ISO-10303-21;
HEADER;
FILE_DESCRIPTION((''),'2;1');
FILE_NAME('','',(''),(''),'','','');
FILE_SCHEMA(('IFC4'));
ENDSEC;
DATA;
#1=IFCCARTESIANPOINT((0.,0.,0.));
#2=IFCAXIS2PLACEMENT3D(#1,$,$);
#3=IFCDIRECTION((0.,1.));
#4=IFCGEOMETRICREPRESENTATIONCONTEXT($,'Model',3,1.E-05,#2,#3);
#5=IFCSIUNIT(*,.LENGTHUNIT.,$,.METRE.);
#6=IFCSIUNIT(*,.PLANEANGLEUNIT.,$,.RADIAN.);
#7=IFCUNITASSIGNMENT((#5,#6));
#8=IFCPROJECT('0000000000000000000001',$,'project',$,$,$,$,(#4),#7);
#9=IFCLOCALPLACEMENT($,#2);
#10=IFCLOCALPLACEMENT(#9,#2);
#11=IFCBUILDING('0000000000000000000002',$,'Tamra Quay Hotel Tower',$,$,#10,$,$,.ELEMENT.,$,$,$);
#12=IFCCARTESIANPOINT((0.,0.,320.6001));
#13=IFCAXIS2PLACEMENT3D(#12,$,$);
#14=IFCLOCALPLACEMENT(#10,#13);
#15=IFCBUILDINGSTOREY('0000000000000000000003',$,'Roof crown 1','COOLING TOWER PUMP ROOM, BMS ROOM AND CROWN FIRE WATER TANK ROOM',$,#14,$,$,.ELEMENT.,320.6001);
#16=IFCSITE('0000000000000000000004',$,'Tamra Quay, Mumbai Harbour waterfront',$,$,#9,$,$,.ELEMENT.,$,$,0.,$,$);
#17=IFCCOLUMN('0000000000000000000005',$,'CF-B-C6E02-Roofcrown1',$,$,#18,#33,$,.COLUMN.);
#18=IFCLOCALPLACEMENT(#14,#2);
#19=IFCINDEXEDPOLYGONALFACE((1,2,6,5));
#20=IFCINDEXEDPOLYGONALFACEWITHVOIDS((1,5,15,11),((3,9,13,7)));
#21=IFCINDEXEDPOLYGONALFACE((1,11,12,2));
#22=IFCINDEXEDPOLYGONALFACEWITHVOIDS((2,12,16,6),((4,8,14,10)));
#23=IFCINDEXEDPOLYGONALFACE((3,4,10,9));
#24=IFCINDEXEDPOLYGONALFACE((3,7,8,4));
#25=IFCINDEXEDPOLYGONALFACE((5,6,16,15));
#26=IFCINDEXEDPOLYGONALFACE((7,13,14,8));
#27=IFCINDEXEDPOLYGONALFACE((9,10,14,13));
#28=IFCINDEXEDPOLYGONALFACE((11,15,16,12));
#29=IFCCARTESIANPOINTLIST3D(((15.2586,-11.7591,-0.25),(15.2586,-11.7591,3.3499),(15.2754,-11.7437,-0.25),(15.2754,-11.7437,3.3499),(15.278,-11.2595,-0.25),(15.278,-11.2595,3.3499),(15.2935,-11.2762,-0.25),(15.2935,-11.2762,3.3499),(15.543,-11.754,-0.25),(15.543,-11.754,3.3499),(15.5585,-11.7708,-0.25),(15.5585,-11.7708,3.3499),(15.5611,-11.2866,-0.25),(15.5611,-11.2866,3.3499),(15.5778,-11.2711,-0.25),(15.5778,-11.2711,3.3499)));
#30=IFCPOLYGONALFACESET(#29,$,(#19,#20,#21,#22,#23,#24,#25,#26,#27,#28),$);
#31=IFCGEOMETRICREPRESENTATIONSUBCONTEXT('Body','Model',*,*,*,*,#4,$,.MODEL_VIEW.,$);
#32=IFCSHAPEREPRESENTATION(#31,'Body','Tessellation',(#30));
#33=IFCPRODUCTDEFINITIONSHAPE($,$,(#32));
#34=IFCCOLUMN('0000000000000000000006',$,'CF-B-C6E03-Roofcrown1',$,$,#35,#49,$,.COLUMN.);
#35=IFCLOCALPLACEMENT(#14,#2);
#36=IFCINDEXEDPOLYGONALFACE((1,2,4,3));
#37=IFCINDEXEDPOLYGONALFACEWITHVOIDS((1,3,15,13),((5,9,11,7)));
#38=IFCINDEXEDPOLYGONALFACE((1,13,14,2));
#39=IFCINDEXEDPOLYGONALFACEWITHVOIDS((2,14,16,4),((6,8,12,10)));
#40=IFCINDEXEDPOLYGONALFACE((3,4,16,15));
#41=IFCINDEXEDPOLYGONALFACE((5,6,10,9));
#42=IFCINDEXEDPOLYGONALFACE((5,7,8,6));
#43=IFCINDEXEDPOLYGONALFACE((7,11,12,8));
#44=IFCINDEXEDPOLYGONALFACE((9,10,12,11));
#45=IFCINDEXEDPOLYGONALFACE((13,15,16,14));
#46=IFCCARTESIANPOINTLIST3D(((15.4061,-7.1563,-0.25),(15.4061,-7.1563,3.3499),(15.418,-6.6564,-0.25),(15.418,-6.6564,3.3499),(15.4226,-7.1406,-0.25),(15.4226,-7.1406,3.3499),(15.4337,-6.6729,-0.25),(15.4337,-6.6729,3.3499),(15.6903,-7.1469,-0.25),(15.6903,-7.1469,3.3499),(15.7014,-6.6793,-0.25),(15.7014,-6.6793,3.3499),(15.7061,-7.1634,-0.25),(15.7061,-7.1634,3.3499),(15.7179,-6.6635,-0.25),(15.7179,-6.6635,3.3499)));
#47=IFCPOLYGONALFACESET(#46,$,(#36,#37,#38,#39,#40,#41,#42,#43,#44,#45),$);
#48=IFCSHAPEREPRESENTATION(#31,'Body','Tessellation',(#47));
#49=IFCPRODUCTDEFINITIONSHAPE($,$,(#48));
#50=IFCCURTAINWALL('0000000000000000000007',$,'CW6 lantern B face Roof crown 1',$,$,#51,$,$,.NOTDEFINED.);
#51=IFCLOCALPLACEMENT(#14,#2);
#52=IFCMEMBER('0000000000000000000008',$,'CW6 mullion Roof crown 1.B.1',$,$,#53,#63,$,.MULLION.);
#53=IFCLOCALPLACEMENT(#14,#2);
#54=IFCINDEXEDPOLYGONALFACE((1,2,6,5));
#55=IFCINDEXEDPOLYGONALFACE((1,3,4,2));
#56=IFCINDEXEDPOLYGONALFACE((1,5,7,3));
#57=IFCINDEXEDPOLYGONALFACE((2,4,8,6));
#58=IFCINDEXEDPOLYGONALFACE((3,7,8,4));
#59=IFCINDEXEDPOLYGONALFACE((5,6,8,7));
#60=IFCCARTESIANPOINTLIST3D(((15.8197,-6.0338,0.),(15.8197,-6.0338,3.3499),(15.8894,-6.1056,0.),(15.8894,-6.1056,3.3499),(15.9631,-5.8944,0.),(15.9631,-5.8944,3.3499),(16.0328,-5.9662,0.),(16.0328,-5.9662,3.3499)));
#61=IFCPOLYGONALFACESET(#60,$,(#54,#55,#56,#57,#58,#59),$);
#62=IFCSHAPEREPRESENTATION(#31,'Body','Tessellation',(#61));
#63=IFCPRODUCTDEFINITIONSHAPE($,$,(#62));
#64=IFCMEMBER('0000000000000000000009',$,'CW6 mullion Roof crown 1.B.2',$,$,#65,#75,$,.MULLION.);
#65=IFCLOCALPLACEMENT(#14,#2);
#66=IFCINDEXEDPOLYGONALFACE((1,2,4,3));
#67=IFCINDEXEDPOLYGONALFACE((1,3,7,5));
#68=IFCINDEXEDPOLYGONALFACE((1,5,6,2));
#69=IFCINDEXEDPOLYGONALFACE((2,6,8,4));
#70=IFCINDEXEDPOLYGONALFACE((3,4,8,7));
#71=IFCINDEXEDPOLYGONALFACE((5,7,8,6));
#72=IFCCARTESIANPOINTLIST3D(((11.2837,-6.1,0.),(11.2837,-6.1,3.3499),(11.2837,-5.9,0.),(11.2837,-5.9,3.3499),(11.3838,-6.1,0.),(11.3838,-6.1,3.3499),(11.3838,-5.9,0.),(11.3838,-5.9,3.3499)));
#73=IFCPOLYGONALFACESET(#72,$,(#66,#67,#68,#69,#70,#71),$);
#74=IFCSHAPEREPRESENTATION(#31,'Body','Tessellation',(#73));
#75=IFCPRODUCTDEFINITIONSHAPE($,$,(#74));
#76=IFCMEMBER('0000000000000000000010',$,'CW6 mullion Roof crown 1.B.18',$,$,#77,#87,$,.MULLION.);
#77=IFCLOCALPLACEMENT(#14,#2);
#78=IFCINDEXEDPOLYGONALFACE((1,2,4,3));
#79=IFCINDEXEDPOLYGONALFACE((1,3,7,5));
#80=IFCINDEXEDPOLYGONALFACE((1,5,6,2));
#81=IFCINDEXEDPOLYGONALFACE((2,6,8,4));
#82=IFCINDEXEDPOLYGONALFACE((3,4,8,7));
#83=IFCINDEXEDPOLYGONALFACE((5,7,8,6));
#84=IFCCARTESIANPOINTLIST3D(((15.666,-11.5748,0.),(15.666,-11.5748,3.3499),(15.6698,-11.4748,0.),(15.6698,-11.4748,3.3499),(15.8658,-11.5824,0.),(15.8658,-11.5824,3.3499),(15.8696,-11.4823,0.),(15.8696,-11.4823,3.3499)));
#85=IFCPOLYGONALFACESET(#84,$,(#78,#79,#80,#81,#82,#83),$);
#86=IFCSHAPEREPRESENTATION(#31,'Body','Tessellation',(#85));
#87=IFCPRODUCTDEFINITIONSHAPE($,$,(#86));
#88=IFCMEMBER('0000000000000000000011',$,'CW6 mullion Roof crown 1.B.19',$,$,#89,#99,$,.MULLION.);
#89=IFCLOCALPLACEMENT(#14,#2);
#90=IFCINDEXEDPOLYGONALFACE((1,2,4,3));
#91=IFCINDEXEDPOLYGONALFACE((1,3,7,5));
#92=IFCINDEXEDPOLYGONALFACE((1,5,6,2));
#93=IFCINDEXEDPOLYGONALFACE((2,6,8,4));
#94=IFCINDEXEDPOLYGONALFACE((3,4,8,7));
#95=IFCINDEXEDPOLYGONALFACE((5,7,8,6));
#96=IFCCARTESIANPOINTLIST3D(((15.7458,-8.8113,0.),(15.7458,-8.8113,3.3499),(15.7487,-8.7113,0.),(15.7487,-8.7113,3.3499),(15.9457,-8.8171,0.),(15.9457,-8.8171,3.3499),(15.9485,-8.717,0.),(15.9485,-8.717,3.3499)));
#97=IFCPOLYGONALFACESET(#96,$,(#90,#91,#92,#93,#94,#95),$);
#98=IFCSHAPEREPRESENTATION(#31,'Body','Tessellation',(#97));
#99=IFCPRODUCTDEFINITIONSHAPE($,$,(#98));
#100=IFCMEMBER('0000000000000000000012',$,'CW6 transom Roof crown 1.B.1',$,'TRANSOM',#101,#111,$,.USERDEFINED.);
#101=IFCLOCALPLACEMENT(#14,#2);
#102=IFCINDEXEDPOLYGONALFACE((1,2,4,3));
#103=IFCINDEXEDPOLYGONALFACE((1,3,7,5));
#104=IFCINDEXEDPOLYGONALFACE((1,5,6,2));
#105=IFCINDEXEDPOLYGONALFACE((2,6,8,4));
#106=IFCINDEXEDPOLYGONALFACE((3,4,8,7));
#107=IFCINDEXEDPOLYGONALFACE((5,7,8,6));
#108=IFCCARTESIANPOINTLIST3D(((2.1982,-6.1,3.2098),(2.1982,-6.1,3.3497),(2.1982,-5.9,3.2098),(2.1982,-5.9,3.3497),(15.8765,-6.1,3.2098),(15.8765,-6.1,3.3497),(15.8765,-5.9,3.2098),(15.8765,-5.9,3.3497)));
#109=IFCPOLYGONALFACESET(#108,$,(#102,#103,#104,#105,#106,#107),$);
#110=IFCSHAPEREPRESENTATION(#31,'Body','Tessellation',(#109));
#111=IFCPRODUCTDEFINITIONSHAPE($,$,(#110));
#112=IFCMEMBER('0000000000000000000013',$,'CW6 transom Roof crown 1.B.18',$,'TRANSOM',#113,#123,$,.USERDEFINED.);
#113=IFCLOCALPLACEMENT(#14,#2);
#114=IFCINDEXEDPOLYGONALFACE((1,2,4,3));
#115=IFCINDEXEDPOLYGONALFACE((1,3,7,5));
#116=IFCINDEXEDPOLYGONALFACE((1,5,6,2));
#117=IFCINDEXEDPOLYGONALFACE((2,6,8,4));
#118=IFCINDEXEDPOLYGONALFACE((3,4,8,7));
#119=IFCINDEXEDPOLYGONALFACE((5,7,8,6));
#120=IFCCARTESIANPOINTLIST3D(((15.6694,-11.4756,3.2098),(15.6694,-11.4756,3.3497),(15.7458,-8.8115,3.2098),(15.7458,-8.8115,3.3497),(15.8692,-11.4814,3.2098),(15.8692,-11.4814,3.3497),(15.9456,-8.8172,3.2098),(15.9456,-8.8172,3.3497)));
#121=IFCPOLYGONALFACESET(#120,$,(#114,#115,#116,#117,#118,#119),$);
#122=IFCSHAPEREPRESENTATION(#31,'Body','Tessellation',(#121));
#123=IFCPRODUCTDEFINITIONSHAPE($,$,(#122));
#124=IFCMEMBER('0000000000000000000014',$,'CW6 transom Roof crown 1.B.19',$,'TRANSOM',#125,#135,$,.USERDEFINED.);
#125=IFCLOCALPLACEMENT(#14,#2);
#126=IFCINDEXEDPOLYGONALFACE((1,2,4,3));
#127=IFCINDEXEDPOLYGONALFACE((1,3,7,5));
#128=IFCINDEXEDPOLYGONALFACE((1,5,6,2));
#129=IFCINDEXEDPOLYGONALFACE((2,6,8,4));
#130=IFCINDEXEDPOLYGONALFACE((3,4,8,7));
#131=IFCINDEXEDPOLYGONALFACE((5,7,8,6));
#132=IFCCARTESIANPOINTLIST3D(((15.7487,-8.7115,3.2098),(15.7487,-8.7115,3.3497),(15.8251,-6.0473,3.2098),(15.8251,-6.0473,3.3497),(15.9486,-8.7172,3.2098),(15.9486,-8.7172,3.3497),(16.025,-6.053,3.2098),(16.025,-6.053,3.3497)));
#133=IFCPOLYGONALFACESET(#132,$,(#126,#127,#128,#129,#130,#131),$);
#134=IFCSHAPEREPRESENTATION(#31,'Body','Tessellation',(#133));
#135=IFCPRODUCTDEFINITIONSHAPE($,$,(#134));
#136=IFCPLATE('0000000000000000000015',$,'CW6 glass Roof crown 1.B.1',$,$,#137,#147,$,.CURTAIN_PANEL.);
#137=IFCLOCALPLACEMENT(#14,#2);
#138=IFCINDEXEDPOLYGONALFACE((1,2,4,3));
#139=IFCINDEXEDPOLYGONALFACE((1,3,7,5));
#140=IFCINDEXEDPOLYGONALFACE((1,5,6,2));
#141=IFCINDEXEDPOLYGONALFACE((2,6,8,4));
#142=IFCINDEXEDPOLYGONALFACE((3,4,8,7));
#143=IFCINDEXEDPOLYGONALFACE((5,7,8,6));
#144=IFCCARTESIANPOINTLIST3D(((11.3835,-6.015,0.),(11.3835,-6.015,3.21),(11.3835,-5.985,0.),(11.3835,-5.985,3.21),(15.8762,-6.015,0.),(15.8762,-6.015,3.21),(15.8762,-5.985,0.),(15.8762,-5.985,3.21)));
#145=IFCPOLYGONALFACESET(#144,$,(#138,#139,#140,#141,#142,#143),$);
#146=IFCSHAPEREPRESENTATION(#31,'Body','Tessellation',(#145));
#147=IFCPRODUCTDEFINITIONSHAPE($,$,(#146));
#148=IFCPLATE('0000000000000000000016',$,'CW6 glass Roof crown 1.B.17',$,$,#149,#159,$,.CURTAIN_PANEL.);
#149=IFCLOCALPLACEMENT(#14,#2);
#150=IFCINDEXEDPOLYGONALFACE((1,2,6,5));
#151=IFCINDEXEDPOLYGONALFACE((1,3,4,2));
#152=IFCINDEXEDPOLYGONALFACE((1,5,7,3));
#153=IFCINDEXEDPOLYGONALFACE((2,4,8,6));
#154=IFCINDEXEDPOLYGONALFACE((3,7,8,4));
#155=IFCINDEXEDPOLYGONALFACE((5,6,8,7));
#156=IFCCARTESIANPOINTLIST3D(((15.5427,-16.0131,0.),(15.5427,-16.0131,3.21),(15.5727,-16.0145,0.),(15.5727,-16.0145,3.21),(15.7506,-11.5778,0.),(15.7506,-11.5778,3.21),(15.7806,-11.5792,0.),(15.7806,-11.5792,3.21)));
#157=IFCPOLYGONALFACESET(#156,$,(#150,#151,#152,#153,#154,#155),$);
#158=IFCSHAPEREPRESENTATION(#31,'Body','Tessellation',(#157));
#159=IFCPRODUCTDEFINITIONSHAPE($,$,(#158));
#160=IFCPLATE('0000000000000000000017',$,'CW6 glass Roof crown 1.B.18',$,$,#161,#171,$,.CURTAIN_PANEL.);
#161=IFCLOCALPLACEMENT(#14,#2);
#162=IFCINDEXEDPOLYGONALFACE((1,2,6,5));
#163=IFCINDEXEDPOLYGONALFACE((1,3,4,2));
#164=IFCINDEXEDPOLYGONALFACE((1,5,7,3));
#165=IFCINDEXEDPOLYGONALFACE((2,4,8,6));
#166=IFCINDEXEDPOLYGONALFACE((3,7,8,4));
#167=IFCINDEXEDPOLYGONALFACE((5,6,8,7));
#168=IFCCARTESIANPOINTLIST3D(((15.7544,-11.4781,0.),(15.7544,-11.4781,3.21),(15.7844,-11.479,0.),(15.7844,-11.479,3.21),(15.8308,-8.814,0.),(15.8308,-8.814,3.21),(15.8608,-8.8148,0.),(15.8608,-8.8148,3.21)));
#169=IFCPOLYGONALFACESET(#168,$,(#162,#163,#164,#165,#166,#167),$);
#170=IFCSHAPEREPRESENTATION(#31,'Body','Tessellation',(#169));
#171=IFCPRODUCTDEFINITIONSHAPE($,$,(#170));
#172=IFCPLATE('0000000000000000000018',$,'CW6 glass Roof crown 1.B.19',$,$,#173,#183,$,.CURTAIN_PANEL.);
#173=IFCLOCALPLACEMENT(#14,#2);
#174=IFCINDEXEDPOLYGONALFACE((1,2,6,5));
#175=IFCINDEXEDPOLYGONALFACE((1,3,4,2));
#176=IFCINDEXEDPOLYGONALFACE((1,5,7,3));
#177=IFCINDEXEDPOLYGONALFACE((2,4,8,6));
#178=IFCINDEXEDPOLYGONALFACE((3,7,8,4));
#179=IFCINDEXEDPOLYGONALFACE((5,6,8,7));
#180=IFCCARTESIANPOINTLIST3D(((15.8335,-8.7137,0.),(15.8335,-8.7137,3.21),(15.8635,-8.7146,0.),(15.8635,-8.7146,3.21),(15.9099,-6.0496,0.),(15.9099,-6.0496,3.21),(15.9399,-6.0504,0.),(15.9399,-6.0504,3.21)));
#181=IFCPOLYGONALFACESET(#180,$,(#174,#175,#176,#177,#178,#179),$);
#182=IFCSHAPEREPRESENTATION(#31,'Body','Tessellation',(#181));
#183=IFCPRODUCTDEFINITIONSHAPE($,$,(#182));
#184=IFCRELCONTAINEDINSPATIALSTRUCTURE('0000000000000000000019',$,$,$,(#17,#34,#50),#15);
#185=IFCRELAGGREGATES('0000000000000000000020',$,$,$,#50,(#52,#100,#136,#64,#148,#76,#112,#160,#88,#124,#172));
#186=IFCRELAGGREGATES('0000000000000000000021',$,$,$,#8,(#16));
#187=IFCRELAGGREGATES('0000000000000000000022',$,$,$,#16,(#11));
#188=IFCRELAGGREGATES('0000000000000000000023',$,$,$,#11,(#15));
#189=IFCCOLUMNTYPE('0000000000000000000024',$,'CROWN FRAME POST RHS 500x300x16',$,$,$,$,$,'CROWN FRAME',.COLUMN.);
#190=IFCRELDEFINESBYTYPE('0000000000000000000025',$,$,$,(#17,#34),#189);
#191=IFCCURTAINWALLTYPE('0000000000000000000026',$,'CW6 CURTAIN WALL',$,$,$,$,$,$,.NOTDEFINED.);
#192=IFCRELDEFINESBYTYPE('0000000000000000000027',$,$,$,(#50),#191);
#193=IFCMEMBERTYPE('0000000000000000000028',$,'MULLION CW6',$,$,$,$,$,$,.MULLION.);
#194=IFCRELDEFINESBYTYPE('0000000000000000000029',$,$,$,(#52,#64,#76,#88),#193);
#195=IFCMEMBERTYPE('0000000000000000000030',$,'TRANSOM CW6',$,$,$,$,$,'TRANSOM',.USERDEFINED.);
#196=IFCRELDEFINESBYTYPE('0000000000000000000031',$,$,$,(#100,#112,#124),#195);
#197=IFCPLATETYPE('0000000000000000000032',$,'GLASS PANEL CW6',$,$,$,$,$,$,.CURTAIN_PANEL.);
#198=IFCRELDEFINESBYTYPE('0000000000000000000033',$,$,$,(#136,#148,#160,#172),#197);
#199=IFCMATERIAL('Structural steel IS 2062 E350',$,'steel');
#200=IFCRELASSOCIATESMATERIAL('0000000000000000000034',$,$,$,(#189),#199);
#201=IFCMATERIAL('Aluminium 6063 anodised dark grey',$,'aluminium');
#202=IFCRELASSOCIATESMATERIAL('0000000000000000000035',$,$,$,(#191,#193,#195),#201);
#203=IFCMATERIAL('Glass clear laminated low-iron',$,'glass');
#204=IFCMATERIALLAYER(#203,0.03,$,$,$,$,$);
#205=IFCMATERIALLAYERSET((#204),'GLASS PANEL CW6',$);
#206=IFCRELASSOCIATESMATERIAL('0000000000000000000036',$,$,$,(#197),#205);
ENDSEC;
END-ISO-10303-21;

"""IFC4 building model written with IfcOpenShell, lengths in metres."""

from ifc_helpers import new_model, si_unit, direction, frame, origin, origin_2d, place, context, subcontext, project, spatial, rectangle, hollow_rectangle, extrude, material, layer, layer_set, material_profile, profile_set, type_object, element, aggregate, save


model = new_model("IFC4")

# Units and contexts
model_context = context("Model", 3, precision=1e-05, world=origin(), true_north=direction((0.0, 1.0)))
body_context = subcontext(model_context, "Body", "Model", "MODEL_VIEW")
ifc_project = project(units=[si_unit("LENGTHUNIT", "METRE"), si_unit("PLANEANGLEUNIT", "RADIAN")], contexts=[model_context])

# Site, building, storey
site_placement = place(None, origin())
site = spatial("IfcSite", under=ifc_project, at=site_placement, Name="Tamra Quay, Mumbai Harbour waterfront", CompositionType="ELEMENT", RefElevation=0.0)
building_placement = place(site_placement, origin())
building = spatial("IfcBuilding", under=site, at=building_placement, Name="Tamra Quay Hotel Tower", CompositionType="ELEMENT")
storey_placement = place(building_placement, frame((0.0, 0.0, 320.6001)))
storey = spatial("IfcBuildingStorey", under=building, at=storey_placement, Name="Roof crown 1", Description="COOLING TOWER PUMP ROOM, BMS ROOM AND CROWN FIRE WATER TANK ROOM", CompositionType="ELEMENT", Elevation=320.6001)

# Columns
ifc_material_1 = material(Name="Structural steel IS 2062 E350", Category="steel")
ifc_material_profile_1 = material_profile(ifc_material_1, hollow_rectangle(XDim=0.3, YDim=0.5, WallThickness=0.0161, at=origin_2d()), Name="RHS 500x300x16")
ifc_profile_set_1 = profile_set([ifc_material_profile_1], Name="Structural steel IS 2062 E350")
column_type = type_object("IfcColumnType", Name="CROWN FRAME POST RHS 500x300x16", ElementType="CROWN FRAME", PredefinedType="COLUMN", material=ifc_profile_set_1)
for number, where, z_axis, x_axis, name in (
    (1, (15.4182, -11.5151, -0.25), (0.0, 0.0, 1.0), (-0.999251, 0.038691, 0.0), "CF-B-C6E02-Roofcrown1"),
    (2, (15.562, -6.9099, -0.25), (0.0, 0.0, 1.0), (-0.999718, 0.023753, 0.0), "CF-B-C6E03-Roofcrown1"),
):
    element("IfcColumn", number, at=place(storey_placement, frame(where, z_axis=z_axis, x_axis=x_axis)), inside=storey, type_object=column_type, Name=name, PredefinedType="COLUMN", context=body_context, shape_type="SweptSolid", body=[
        extrude(hollow_rectangle(XDim=0.3, YDim=0.5, WallThickness=0.0161, at=origin_2d()), origin(), (0.0, 0.0, 1.0), 3.5999),
    ])

# Curtain wall, members, plates
ifc_material_2 = material(Name="Aluminium 6063 anodised dark grey", Category="aluminium")
curtain_wall_type = type_object("IfcCurtainWallType", Name="CW6 CURTAIN WALL", PredefinedType="NOTDEFINED", material=ifc_material_2)
curtain_wall_placement = place(storey_placement, origin())
curtain_wall = element("IfcCurtainWall", 3, at=curtain_wall_placement, inside=storey, type_object=curtain_wall_type, Name="CW6 lantern B face Roof crown 1", PredefinedType="NOTDEFINED")
ifc_material_profile_2 = material_profile(ifc_material_2, rectangle(XDim=0.2, YDim=0.1001, at=origin_2d()), Name="MULLION 100X200")
ifc_profile_set_2 = profile_set([ifc_material_profile_2], Name="Aluminium 6063 anodised dark grey")
member_type_1 = type_object("IfcMemberType", Name="MULLION CW6", PredefinedType="MULLION", material=ifc_profile_set_2)
member_1_placement = place(storey_placement, frame((15.9263, -6.0, 0.0), z_axis=(0.0, 0.0, 1.0), x_axis=(0.717164, 0.696904, 0.0)))
member_1 = element("IfcMember", 4, at=member_1_placement, type_object=member_type_1, Name="CW6 mullion Roof crown 1.B.1", PredefinedType="MULLION", context=body_context, shape_type="SweptSolid", body=[
    extrude(rectangle(XDim=0.2, YDim=0.1001, at=origin_2d()), origin(), (0.0, 0.0, 1.0), 3.3499),
])
member_2_placement = place(storey_placement, frame((11.3337, -6.0, 0.0), z_axis=(0.0, 0.0, 1.0), x_axis=(0.0, 1.0, 0.0)))
member_2 = element("IfcMember", 5, at=member_2_placement, type_object=member_type_1, Name="CW6 mullion Roof crown 1.B.2", PredefinedType="MULLION", context=body_context, shape_type="SweptSolid", body=[
    extrude(rectangle(XDim=0.2, YDim=0.1001, at=origin_2d()), origin(), (0.0, 0.0, 1.0), 3.3499),
])
member_3_placement = place(storey_placement, frame((15.7678, -11.5286, 0.0), z_axis=(0.0, 0.0, 1.0), x_axis=(0.999288, -0.037737, 0.0)))
member_3 = element("IfcMember", 6, at=member_3_placement, type_object=member_type_1, Name="CW6 mullion Roof crown 1.B.18", PredefinedType="MULLION", context=body_context, shape_type="SweptSolid", body=[
    extrude(rectangle(XDim=0.2, YDim=0.1001, at=origin_2d()), origin(), (0.0, 0.0, 1.0), 3.3499),
])
member_4_placement = place(storey_placement, frame((15.8472, -8.7642, 0.0), z_axis=(0.0, 0.0, 1.0), x_axis=(0.99959, -0.02865, 0.0)))
member_4 = element("IfcMember", 7, at=member_4_placement, type_object=member_type_1, Name="CW6 mullion Roof crown 1.B.19", PredefinedType="MULLION", context=body_context, shape_type="SweptSolid", body=[
    extrude(rectangle(XDim=0.2, YDim=0.1001, at=origin_2d()), origin(), (0.0, 0.0, 1.0), 3.3499),
])
ifc_material_profile_3 = material_profile(ifc_material_2, rectangle(XDim=0.2, YDim=0.1399, at=origin_2d()), Name="TRANSOM 200X140")
ifc_profile_set_3 = profile_set([ifc_material_profile_3], Name="Aluminium 6063 anodised dark grey")
member_type_2 = type_object("IfcMemberType", Name="TRANSOM CW6", ElementType="TRANSOM", PredefinedType="USERDEFINED", material=ifc_profile_set_3)
member_5_placement = place(storey_placement, frame((15.8765, -6.0, 3.2798), z_axis=(-1.0, 0.0, 0.0), x_axis=(0.0, -1.0, 0.0)))
member_5 = element("IfcMember", 8, at=member_5_placement, type_object=member_type_2, Name="CW6 transom Roof crown 1.B.1", ObjectType="TRANSOM", PredefinedType="USERDEFINED", context=body_context, shape_type="SweptSolid", body=[
    extrude(rectangle(XDim=0.2, YDim=0.1399, at=origin_2d()), origin(), (0.0, 0.0, 1.0), 13.6782),
])
member_6_placement = place(storey_placement, frame((15.7693, -11.4785, 3.2798), z_axis=(0.02867, 0.999589, 0.0), x_axis=(-0.999589, 0.02867, 0.0)))
member_6 = element("IfcMember", 9, at=member_6_placement, type_object=member_type_2, Name="CW6 transom Roof crown 1.B.18", ObjectType="TRANSOM", PredefinedType="USERDEFINED", context=body_context, shape_type="SweptSolid", body=[
    extrude(rectangle(XDim=0.2, YDim=0.1399, at=origin_2d()), origin(), (0.0, 0.0, 1.0), 2.6653),
])
member_7_placement = place(storey_placement, frame((15.8486, -8.7144, 3.2798), z_axis=(0.02867, 0.999589, 0.0), x_axis=(-0.999589, 0.02867, 0.0)))
member_7 = element("IfcMember", 10, at=member_7_placement, type_object=member_type_2, Name="CW6 transom Roof crown 1.B.19", ObjectType="TRANSOM", PredefinedType="USERDEFINED", context=body_context, shape_type="SweptSolid", body=[
    extrude(rectangle(XDim=0.2, YDim=0.1399, at=origin_2d()), origin(), (0.0, 0.0, 1.0), 2.6653),
])
ifc_material_3 = material(Name="Glass clear laminated low-iron", Category="glass")
ifc_layer_1 = layer(ifc_material_3, 0.03)
ifc_layer_set_1 = layer_set([ifc_layer_1], Name="GLASS PANEL CW6")
plate_type = type_object("IfcPlateType", Name="GLASS PANEL CW6", PredefinedType="CURTAIN_PANEL", material=ifc_layer_set_1)
plate_1_placement = place(storey_placement, frame((13.6299, -6.0, 0.0), z_axis=(0.0, 0.0, 1.0), x_axis=(-1.0, 0.0, 0.0)))
plate_1 = element("IfcPlate", 11, at=plate_1_placement, type_object=plate_type, Name="CW6 glass Roof crown 1.B.1", PredefinedType="CURTAIN_PANEL", context=body_context, shape_type="SweptSolid", body=[
    extrude(rectangle(XDim=4.4927, YDim=0.03, at=origin_2d()), origin(), (0.0, 0.0, 1.0), 3.21),
])
plate_2_placement = place(storey_placement, frame((15.6616, -13.7961, 0.0), z_axis=(0.0, 0.0, 1.0), x_axis=(0.046821, 0.998903, 0.0)))
plate_2 = element("IfcPlate", 12, at=plate_2_placement, type_object=plate_type, Name="CW6 glass Roof crown 1.B.17", PredefinedType="CURTAIN_PANEL", context=body_context, shape_type="SweptSolid", body=[
    extrude(rectangle(XDim=4.4402, YDim=0.03, at=origin_2d()), origin(), (0.0, 0.0, 1.0), 3.21),
])
plate_3_placement = place(storey_placement, frame((15.8076, -10.1465, 0.0), z_axis=(0.0, 0.0, 1.0), x_axis=(0.02865, 0.99959, 0.0)))
plate_3 = element("IfcPlate", 13, at=plate_3_placement, type_object=plate_type, Name="CW6 glass Roof crown 1.B.18", PredefinedType="CURTAIN_PANEL", context=body_context, shape_type="SweptSolid", body=[
    extrude(rectangle(XDim=2.6653, YDim=0.03, at=origin_2d()), origin(), (0.0, 0.0, 1.0), 3.21),
])
plate_4_placement = place(storey_placement, frame((15.8867, -7.3821, 0.0), z_axis=(0.0, 0.0, 1.0), x_axis=(0.02865, 0.99959, 0.0)))
plate_4 = element("IfcPlate", 14, at=plate_4_placement, type_object=plate_type, Name="CW6 glass Roof crown 1.B.19", PredefinedType="CURTAIN_PANEL", context=body_context, shape_type="SweptSolid", body=[
    extrude(rectangle(XDim=2.6653, YDim=0.03, at=origin_2d()), origin(), (0.0, 0.0, 1.0), 3.21),
])
aggregate(curtain_wall, [member_1, member_5, plate_1, member_2, plate_2, member_3, member_6, plate_3, member_4, member_7, plate_4])

save(model, "model.ifc")
